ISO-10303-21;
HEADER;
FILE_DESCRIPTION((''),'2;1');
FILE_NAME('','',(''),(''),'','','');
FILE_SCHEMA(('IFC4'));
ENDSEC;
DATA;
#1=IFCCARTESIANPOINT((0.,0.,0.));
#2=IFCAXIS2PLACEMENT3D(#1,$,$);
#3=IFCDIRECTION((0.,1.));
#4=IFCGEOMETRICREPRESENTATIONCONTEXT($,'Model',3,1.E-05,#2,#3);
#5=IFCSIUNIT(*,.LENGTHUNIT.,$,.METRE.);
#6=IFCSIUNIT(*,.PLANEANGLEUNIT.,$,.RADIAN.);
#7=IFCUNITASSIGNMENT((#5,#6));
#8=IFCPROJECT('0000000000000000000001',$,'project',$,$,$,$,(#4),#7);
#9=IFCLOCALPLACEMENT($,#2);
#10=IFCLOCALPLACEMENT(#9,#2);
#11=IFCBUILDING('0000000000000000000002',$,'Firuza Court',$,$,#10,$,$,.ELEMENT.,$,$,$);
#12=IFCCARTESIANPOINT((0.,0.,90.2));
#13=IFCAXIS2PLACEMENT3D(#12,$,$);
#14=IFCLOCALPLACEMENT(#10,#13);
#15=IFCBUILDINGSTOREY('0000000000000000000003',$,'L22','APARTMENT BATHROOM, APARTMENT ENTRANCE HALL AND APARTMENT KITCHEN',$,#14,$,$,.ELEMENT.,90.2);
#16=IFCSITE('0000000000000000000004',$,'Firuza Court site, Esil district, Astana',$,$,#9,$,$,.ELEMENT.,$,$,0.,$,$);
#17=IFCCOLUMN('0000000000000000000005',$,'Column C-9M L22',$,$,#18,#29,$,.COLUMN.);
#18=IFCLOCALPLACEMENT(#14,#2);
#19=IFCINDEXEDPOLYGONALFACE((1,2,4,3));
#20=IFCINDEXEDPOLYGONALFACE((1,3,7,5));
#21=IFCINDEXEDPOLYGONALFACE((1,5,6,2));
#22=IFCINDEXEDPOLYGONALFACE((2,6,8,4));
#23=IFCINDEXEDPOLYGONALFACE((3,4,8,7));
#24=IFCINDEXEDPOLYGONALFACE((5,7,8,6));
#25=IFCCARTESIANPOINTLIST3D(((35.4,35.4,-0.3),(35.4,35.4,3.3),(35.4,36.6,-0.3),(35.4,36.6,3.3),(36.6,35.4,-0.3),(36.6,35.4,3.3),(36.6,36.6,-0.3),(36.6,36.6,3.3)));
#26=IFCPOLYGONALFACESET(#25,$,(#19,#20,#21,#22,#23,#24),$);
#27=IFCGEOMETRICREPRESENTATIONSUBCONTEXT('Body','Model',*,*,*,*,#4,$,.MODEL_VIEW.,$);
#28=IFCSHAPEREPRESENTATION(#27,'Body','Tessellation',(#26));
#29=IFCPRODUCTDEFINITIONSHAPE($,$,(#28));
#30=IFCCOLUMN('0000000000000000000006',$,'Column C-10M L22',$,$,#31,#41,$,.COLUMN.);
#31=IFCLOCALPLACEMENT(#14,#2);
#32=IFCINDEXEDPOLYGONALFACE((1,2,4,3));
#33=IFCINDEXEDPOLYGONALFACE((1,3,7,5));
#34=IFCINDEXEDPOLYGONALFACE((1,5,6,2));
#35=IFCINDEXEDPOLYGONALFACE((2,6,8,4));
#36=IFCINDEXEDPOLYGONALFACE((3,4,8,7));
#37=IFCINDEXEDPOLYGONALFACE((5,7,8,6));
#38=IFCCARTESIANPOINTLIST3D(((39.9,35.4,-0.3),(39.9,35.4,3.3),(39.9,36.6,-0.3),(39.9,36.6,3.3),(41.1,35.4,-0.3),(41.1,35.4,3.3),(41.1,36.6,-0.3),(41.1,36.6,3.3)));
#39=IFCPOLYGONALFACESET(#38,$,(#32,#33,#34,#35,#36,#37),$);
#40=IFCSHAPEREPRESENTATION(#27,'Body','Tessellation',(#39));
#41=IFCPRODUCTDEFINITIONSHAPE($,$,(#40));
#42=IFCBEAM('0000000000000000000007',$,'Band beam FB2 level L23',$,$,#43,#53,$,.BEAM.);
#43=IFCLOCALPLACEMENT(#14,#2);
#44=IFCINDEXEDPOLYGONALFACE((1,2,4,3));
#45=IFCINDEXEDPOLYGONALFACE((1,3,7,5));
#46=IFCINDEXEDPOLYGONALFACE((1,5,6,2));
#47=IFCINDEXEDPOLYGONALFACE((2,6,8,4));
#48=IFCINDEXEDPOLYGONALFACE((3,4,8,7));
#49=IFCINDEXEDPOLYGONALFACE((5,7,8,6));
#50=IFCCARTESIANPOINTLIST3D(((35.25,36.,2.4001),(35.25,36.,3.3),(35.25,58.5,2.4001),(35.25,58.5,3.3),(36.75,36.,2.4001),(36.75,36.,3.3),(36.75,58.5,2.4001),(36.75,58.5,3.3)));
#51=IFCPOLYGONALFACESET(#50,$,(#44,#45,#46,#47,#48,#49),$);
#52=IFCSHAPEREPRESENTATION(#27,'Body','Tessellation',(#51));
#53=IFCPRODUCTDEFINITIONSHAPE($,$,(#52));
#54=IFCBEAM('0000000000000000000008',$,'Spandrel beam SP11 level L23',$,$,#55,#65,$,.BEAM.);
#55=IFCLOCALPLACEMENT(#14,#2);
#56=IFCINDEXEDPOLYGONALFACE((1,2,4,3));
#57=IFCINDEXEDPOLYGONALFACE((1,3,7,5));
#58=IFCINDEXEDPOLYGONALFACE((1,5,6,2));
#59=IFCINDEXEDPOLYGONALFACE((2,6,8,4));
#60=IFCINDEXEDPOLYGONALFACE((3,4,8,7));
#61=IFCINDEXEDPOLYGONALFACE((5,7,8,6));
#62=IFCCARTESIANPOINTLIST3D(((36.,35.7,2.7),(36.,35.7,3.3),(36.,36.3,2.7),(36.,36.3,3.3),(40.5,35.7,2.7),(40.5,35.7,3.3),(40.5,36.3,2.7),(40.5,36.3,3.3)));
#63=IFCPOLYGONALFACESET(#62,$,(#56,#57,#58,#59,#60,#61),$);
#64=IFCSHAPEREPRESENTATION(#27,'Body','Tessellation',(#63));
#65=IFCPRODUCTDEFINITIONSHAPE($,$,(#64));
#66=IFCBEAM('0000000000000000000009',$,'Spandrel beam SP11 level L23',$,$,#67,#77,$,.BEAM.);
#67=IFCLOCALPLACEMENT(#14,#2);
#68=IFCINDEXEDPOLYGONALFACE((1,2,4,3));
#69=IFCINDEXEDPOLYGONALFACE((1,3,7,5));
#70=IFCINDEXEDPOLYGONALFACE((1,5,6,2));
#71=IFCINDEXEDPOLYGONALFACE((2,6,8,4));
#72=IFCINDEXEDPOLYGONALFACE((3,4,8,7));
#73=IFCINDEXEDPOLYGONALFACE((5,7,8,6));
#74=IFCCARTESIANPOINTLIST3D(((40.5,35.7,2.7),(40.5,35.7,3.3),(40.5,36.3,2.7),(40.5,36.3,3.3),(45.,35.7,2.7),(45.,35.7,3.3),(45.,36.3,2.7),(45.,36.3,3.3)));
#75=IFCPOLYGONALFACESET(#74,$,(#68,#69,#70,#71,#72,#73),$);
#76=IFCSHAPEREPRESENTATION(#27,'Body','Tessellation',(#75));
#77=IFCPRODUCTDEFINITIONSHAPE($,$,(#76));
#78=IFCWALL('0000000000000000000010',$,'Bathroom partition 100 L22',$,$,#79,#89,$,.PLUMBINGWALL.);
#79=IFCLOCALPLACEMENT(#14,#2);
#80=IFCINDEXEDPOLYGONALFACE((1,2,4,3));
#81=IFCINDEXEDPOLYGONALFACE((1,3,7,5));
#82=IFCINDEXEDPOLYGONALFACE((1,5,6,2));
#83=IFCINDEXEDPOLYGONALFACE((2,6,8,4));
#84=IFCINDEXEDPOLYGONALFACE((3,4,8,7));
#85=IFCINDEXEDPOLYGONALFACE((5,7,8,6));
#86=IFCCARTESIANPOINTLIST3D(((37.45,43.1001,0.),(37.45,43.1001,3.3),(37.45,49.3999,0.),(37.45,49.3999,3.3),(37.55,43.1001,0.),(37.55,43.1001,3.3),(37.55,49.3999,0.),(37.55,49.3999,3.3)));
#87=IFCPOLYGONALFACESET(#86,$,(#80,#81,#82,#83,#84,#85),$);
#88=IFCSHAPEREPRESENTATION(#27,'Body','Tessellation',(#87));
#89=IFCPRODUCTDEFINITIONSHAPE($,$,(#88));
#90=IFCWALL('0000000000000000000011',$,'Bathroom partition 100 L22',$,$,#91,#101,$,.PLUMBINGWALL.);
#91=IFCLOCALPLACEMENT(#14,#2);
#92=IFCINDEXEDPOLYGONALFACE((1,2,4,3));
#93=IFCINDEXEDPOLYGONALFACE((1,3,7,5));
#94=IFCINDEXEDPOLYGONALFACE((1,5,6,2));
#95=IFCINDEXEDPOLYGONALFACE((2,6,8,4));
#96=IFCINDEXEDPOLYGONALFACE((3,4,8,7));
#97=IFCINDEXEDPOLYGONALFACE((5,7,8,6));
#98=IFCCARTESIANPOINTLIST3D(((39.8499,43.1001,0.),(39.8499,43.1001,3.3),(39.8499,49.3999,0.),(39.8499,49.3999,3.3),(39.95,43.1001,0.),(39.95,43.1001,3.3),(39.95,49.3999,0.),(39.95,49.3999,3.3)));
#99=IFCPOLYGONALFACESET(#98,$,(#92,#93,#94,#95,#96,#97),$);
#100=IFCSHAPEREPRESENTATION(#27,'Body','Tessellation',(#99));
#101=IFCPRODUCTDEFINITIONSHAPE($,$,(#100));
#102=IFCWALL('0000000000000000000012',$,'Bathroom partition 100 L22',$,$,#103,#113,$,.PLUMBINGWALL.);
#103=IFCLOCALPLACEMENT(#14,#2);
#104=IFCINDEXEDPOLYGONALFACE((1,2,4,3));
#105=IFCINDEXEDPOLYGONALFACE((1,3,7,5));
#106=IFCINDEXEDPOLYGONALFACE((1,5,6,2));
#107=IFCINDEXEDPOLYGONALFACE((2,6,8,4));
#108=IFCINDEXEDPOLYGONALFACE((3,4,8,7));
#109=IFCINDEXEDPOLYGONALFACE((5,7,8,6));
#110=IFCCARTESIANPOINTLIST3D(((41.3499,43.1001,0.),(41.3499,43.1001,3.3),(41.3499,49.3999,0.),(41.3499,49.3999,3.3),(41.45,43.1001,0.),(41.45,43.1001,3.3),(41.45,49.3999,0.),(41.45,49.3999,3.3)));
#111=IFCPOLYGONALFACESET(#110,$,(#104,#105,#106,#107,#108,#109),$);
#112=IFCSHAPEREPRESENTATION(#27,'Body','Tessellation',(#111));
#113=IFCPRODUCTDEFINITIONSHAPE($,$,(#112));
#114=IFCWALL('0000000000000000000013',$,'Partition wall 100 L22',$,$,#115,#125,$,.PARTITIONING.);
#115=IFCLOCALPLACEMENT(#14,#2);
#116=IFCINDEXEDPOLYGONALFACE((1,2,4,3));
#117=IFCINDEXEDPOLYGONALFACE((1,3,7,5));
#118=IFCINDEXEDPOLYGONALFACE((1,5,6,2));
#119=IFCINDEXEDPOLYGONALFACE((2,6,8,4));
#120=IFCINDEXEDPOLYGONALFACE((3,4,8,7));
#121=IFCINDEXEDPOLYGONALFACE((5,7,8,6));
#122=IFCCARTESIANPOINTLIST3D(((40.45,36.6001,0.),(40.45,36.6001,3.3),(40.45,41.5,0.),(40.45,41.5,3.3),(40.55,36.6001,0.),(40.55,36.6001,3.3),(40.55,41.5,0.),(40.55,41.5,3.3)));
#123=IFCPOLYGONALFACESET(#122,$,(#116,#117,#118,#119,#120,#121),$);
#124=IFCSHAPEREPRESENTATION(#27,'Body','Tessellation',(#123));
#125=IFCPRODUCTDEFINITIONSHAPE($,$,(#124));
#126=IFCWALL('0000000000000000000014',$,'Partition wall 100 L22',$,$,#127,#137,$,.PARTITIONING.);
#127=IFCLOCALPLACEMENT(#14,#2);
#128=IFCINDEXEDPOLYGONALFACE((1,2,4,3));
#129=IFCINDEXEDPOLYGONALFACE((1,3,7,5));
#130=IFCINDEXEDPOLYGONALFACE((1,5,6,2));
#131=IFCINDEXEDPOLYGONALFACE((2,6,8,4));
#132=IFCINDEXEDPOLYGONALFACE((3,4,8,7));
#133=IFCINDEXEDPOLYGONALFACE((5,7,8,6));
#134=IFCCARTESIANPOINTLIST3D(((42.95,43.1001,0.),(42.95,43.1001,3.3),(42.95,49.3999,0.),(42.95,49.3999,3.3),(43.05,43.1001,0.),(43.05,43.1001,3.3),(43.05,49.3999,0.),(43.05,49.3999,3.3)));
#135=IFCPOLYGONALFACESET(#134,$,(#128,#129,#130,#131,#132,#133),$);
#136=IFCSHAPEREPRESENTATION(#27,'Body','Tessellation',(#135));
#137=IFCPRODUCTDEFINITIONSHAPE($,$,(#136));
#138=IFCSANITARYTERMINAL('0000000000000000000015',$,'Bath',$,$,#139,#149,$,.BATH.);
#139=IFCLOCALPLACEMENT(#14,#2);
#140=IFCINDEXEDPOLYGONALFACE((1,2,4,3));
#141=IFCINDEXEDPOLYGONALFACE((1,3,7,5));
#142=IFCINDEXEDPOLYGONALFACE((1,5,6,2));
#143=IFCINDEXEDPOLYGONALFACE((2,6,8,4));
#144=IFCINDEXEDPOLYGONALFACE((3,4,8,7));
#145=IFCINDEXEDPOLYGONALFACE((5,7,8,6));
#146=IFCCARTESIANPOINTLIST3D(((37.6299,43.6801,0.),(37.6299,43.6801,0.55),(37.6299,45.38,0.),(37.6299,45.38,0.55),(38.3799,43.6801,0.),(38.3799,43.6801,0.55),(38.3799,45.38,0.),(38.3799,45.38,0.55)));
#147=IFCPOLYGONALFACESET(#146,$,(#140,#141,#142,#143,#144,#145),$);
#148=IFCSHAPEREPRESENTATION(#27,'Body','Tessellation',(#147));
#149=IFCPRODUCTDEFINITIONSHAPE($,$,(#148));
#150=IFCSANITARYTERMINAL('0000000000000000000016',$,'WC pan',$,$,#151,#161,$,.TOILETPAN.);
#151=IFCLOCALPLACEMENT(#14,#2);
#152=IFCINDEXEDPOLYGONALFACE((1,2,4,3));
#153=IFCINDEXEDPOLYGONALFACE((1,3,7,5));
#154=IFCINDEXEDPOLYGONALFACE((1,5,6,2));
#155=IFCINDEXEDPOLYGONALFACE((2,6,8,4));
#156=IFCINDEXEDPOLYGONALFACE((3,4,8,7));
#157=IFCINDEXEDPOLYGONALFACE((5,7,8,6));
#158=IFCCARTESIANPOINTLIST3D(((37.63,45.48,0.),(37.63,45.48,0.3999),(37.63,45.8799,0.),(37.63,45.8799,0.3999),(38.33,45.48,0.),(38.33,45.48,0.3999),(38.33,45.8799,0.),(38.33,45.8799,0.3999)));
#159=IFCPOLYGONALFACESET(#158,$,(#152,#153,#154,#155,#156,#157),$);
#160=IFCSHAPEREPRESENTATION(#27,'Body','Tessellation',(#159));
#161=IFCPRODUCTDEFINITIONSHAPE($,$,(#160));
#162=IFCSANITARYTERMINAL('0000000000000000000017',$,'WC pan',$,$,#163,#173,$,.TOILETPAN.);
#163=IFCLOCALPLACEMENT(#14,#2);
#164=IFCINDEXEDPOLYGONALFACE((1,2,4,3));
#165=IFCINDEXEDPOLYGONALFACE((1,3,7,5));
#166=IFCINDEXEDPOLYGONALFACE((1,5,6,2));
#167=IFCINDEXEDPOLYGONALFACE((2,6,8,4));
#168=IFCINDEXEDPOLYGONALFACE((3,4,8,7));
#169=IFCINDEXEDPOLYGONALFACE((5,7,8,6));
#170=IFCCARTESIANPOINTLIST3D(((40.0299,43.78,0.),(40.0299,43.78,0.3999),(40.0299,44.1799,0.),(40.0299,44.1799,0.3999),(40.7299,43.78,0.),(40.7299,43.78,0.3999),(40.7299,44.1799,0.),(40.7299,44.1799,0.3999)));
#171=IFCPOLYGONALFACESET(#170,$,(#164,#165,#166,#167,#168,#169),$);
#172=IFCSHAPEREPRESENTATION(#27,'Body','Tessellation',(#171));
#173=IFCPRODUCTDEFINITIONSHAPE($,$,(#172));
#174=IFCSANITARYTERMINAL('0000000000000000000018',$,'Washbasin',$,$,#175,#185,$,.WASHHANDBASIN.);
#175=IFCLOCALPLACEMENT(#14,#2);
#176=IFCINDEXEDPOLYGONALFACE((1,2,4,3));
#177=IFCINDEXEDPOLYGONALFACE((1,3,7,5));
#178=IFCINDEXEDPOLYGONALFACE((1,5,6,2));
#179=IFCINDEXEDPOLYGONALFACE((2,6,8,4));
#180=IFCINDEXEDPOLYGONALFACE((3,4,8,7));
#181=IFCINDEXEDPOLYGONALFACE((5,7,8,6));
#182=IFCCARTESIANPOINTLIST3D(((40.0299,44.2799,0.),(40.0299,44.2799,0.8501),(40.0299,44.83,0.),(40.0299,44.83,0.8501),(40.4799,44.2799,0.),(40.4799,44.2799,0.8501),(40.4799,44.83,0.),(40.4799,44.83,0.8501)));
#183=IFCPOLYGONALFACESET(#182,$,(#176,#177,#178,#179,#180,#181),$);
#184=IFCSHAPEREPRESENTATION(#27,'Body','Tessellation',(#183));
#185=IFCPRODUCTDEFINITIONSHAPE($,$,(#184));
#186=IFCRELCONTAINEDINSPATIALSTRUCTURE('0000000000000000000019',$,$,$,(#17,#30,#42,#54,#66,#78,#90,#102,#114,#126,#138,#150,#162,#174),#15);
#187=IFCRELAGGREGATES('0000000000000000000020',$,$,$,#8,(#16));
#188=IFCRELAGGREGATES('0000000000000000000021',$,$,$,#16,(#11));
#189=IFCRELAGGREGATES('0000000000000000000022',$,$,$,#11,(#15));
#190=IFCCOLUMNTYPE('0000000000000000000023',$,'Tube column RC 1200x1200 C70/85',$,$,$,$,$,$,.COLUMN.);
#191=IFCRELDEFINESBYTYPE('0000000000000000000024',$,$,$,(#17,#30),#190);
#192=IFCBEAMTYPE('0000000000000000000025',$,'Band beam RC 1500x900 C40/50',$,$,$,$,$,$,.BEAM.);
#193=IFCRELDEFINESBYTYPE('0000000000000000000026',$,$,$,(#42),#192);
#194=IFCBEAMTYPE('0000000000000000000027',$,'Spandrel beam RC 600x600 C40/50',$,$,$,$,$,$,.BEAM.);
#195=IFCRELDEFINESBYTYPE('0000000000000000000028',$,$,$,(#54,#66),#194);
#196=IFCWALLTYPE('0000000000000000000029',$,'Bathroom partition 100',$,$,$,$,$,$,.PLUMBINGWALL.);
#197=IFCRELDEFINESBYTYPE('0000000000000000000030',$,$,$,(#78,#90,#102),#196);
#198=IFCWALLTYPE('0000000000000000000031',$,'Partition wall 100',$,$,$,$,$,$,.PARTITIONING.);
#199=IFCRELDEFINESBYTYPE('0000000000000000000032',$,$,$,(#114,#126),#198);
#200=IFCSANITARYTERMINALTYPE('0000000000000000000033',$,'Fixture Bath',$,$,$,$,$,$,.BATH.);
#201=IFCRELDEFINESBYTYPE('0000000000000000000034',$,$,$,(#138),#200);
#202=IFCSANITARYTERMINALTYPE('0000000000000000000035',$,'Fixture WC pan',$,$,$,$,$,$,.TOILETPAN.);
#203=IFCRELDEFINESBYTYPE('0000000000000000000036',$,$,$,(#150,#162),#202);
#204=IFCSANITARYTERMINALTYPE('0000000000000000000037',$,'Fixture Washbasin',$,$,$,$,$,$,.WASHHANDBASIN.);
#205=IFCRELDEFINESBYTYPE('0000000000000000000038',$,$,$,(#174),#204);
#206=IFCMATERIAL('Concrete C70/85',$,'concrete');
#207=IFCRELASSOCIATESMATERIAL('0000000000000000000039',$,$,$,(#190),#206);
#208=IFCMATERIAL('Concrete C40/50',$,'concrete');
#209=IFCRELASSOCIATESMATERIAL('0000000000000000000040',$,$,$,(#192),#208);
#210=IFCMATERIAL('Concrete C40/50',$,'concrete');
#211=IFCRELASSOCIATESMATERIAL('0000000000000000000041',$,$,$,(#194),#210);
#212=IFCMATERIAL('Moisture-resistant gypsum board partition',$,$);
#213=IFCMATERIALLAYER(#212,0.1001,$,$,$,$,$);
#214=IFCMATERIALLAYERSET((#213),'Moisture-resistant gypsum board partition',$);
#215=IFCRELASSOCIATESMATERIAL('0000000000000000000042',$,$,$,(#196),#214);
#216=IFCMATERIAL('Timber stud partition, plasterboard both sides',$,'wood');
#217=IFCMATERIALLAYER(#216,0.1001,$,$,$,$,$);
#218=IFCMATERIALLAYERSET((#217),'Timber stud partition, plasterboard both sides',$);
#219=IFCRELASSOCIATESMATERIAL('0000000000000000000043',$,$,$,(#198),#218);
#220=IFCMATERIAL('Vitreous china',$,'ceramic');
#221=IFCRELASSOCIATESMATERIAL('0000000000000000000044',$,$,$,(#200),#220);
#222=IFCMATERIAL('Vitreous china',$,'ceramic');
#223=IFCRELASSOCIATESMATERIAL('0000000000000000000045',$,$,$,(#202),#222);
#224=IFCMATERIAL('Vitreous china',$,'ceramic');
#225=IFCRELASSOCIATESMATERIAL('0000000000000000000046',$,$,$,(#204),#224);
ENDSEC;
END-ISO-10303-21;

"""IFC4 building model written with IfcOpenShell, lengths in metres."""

from ifc_helpers import new_model, si_unit, direction, frame, frame_2d, origin, origin_2d, place, context, subcontext, project, spatial, rectangle, extrude, material, layer, layer_set, material_profile, profile_set, type_object, element, save


model = new_model("IFC4")

# Units and contexts
model_context = context("Model", 3, precision=1e-05, world=origin(), true_north=direction((0.0, 1.0)))
body_context = subcontext(model_context, "Body", "Model", "MODEL_VIEW")
ifc_project = project(units=[si_unit("LENGTHUNIT", "METRE"), si_unit("PLANEANGLEUNIT", "RADIAN")], contexts=[model_context])

# Site, building, storey
site_placement = place(None, origin())
site = spatial("IfcSite", under=ifc_project, at=site_placement, Name="Firuza Court site, Esil district, Astana", CompositionType="ELEMENT", RefElevation=0.0)
building_placement = place(site_placement, origin())
building = spatial("IfcBuilding", under=site, at=building_placement, Name="Firuza Court", CompositionType="ELEMENT")
storey_placement = place(building_placement, frame((0.0, 0.0, 90.2)))
storey = spatial("IfcBuildingStorey", under=building, at=storey_placement, Name="L22", Description="APARTMENT BATHROOM, APARTMENT ENTRANCE HALL AND APARTMENT KITCHEN", CompositionType="ELEMENT", Elevation=90.2)

# Columns
ifc_material_1 = material(Name="Concrete C70/85", Category="concrete")
ifc_material_profile_1 = material_profile(ifc_material_1, rectangle(XDim=1.2, YDim=1.2, at=origin_2d()), Name="RC 1200x1200")
ifc_profile_set_1 = profile_set([ifc_material_profile_1], Name="Concrete C70/85")
column_type = type_object("IfcColumnType", Name="Tube column RC 1200x1200 C70/85", PredefinedType="COLUMN", material=ifc_profile_set_1)
for number, where, z_axis, x_axis, name in (
    (1, (36.0, 36.0, -0.3), (0.0, 0.0, 1.0), (1.0, 0.0, 0.0), "Column C-9M L22"),
    (2, (40.5, 36.0, -0.3), (0.0, 0.0, 1.0), (1.0, 0.0, 0.0), "Column C-10M L22"),
):
    element("IfcColumn", number, at=place(storey_placement, frame(where, z_axis=z_axis, x_axis=x_axis)), inside=storey, type_object=column_type, Name=name, PredefinedType="COLUMN", context=body_context, shape_type="SweptSolid", body=[
        extrude(rectangle(XDim=1.2, YDim=1.2, at=origin_2d()), origin(), (0.0, 0.0, 1.0), 3.6001),
    ])

# Beams
ifc_material_2 = material(Name="Concrete C40/50", Category="concrete")
ifc_material_profile_2 = material_profile(ifc_material_2, rectangle(XDim=1.5, YDim=0.8999, at=origin_2d()), Name="RC 1500x900")
ifc_profile_set_2 = profile_set([ifc_material_profile_2], Name="Concrete C40/50")
beam_type_1 = type_object("IfcBeamType", Name="Band beam RC 1500x900 C40/50", PredefinedType="BEAM", material=ifc_profile_set_2)
beam_placement = place(storey_placement, frame((36.0, 36.0, 2.8501), z_axis=(0.0, 1.0, 0.0), x_axis=(-1.0, 0.0, 0.0)))
element("IfcBeam", 3, at=beam_placement, inside=storey, type_object=beam_type_1, Name="Band beam FB2 level L23", PredefinedType="BEAM", context=body_context, shape_type="SweptSolid", body=[
    extrude(rectangle(XDim=1.5, YDim=0.8999, at=origin_2d()), origin(), (0.0, 0.0, 1.0), 22.5),
])
ifc_material_3 = material(Name="Concrete C40/50", Category="concrete")
ifc_material_profile_3 = material_profile(ifc_material_3, rectangle(XDim=0.6001, YDim=0.6001, at=origin_2d()), Name="RC 600x600")
ifc_profile_set_3 = profile_set([ifc_material_profile_3], Name="Concrete C40/50")
beam_type_2 = type_object("IfcBeamType", Name="Spandrel beam RC 600x600 C40/50", PredefinedType="BEAM", material=ifc_profile_set_3)
for number, where, z_axis, x_axis, name in (
    (4, (36.0, 36.0, 3.0), (1.0, 0.0, 0.0), (0.0, 1.0, 0.0), "Spandrel beam SP11 level L23"),
    (5, (40.5, 36.0, 3.0), (1.0, 0.0, 0.0), (0.0, 1.0, 0.0), "Spandrel beam SP11 level L23"),
):
    element("IfcBeam", number, at=place(storey_placement, frame(where, z_axis=z_axis, x_axis=x_axis)), inside=storey, type_object=beam_type_2, Name=name, PredefinedType="BEAM", context=body_context, shape_type="SweptSolid", body=[
        extrude(rectangle(XDim=0.6001, YDim=0.6001, at=origin_2d()), origin(), (0.0, 0.0, 1.0), 4.5),
    ])

# Walls
ifc_material_4 = material(Name="Moisture-resistant gypsum board partition")
ifc_layer_1 = layer(ifc_material_4, 0.1001)
ifc_layer_set_1 = layer_set([ifc_layer_1], Name="Moisture-resistant gypsum board partition")
wall_type_1 = type_object("IfcWallType", Name="Bathroom partition 100", PredefinedType="PLUMBINGWALL", material=ifc_layer_set_1)
for number, where, z_axis, x_axis, name in (
    (6, (37.5, 43.1001, 0.0), (0.0, 0.0, 1.0), (0.0, 1.0, 0.0), "Bathroom partition 100 L22"),
    (7, (39.8999, 43.1001, 0.0), (0.0, 0.0, 1.0), (0.0, 1.0, 0.0), "Bathroom partition 100 L22"),
    (8, (41.3999, 43.1001, 0.0), (0.0, 0.0, 1.0), (0.0, 1.0, 0.0), "Bathroom partition 100 L22"),
):
    element("IfcWall", number, at=place(storey_placement, frame(where, z_axis=z_axis, x_axis=x_axis)), inside=storey, type_object=wall_type_1, Name=name, PredefinedType="PLUMBINGWALL", context=body_context, shape_type="SweptSolid", body=[
        extrude(rectangle(XDim=6.2998, YDim=0.1001, at=frame_2d((3.1499, 0.0))), origin(), (0.0, 0.0, 1.0), 3.3),
    ])
ifc_material_5 = material(Name="Timber stud partition, plasterboard both sides", Category="wood")
ifc_layer_2 = layer(ifc_material_5, 0.1001)
ifc_layer_set_2 = layer_set([ifc_layer_2], Name="Timber stud partition, plasterboard both sides")
wall_type_2 = type_object("IfcWallType", Name="Partition wall 100", PredefinedType="PARTITIONING", material=ifc_layer_set_2)
wall_1_placement = place(storey_placement, frame((40.5, 36.6001, 0.0), z_axis=(0.0, 0.0, 1.0), x_axis=(0.0, 1.0, 0.0)))
element("IfcWall", 9, at=wall_1_placement, inside=storey, type_object=wall_type_2, Name="Partition wall 100 L22", PredefinedType="PARTITIONING", context=body_context, shape_type="SweptSolid", body=[
    extrude(rectangle(XDim=4.8999, YDim=0.1001, at=frame_2d((2.45, 0.0))), origin(), (0.0, 0.0, 1.0), 3.3),
])
wall_2_placement = place(storey_placement, frame((43.0, 43.1001, 0.0), z_axis=(0.0, 0.0, 1.0), x_axis=(0.0, 1.0, 0.0)))
element("IfcWall", 10, at=wall_2_placement, inside=storey, type_object=wall_type_2, Name="Partition wall 100 L22", PredefinedType="PARTITIONING", context=body_context, shape_type="SweptSolid", body=[
    extrude(rectangle(XDim=6.2998, YDim=0.1001, at=frame_2d((3.1499, 0.0))), origin(), (0.0, 0.0, 1.0), 3.3),
])

# Sanitary terminals
ifc_material_6 = material(Name="Vitreous china", Category="ceramic")
sanitary_terminal_type_1 = type_object("IfcSanitaryTerminalType", Name="Fixture Bath", PredefinedType="BATH", material=ifc_material_6)
sanitary_terminal_1_placement = place(storey_placement, frame((38.0049, 44.53, 0.0), z_axis=(0.0, 0.0, 1.0), x_axis=(1.0, 0.0, 0.0)))
element("IfcSanitaryTerminal", 11, at=sanitary_terminal_1_placement, inside=storey, type_object=sanitary_terminal_type_1, Name="Bath", PredefinedType="BATH", context=body_context, shape_type="SweptSolid", body=[
    extrude(rectangle(XDim=0.75, YDim=1.7, at=origin_2d()), origin(), (0.0, 0.0, 1.0), 0.55),
])
ifc_material_7 = material(Name="Vitreous china", Category="ceramic")
sanitary_terminal_type_2 = type_object("IfcSanitaryTerminalType", Name="Fixture WC pan", PredefinedType="TOILETPAN", material=ifc_material_7)
for number, where, z_axis, x_axis, name in (
    (12, (37.98, 45.6799, 0.0), (0.0, 0.0, 1.0), (1.0, 0.0, 0.0), "WC pan"),
    (13, (40.3799, 43.98, 0.0), (0.0, 0.0, 1.0), (1.0, 0.0, 0.0), "WC pan"),
):
    element("IfcSanitaryTerminal", number, at=place(storey_placement, frame(where, z_axis=z_axis, x_axis=x_axis)), inside=storey, type_object=sanitary_terminal_type_2, Name=name, PredefinedType="TOILETPAN", context=body_context, shape_type="SweptSolid", body=[
        extrude(rectangle(XDim=0.7, YDim=0.3999, at=origin_2d()), origin(), (0.0, 0.0, 1.0), 0.3999),
    ])
ifc_material_8 = material(Name="Vitreous china", Category="ceramic")
sanitary_terminal_type_3 = type_object("IfcSanitaryTerminalType", Name="Fixture Washbasin", PredefinedType="WASHHANDBASIN", material=ifc_material_8)
sanitary_terminal_2_placement = place(storey_placement, frame((40.2549, 44.5549, 0.0), z_axis=(0.0, 0.0, 1.0), x_axis=(1.0, 0.0, 0.0)))
element("IfcSanitaryTerminal", 14, at=sanitary_terminal_2_placement, inside=storey, type_object=sanitary_terminal_type_3, Name="Washbasin", PredefinedType="WASHHANDBASIN", context=body_context, shape_type="SweptSolid", body=[
    extrude(rectangle(XDim=0.45, YDim=0.55, at=origin_2d()), origin(), (0.0, 0.0, 1.0), 0.8501),
])

save(model, "model.ifc")
